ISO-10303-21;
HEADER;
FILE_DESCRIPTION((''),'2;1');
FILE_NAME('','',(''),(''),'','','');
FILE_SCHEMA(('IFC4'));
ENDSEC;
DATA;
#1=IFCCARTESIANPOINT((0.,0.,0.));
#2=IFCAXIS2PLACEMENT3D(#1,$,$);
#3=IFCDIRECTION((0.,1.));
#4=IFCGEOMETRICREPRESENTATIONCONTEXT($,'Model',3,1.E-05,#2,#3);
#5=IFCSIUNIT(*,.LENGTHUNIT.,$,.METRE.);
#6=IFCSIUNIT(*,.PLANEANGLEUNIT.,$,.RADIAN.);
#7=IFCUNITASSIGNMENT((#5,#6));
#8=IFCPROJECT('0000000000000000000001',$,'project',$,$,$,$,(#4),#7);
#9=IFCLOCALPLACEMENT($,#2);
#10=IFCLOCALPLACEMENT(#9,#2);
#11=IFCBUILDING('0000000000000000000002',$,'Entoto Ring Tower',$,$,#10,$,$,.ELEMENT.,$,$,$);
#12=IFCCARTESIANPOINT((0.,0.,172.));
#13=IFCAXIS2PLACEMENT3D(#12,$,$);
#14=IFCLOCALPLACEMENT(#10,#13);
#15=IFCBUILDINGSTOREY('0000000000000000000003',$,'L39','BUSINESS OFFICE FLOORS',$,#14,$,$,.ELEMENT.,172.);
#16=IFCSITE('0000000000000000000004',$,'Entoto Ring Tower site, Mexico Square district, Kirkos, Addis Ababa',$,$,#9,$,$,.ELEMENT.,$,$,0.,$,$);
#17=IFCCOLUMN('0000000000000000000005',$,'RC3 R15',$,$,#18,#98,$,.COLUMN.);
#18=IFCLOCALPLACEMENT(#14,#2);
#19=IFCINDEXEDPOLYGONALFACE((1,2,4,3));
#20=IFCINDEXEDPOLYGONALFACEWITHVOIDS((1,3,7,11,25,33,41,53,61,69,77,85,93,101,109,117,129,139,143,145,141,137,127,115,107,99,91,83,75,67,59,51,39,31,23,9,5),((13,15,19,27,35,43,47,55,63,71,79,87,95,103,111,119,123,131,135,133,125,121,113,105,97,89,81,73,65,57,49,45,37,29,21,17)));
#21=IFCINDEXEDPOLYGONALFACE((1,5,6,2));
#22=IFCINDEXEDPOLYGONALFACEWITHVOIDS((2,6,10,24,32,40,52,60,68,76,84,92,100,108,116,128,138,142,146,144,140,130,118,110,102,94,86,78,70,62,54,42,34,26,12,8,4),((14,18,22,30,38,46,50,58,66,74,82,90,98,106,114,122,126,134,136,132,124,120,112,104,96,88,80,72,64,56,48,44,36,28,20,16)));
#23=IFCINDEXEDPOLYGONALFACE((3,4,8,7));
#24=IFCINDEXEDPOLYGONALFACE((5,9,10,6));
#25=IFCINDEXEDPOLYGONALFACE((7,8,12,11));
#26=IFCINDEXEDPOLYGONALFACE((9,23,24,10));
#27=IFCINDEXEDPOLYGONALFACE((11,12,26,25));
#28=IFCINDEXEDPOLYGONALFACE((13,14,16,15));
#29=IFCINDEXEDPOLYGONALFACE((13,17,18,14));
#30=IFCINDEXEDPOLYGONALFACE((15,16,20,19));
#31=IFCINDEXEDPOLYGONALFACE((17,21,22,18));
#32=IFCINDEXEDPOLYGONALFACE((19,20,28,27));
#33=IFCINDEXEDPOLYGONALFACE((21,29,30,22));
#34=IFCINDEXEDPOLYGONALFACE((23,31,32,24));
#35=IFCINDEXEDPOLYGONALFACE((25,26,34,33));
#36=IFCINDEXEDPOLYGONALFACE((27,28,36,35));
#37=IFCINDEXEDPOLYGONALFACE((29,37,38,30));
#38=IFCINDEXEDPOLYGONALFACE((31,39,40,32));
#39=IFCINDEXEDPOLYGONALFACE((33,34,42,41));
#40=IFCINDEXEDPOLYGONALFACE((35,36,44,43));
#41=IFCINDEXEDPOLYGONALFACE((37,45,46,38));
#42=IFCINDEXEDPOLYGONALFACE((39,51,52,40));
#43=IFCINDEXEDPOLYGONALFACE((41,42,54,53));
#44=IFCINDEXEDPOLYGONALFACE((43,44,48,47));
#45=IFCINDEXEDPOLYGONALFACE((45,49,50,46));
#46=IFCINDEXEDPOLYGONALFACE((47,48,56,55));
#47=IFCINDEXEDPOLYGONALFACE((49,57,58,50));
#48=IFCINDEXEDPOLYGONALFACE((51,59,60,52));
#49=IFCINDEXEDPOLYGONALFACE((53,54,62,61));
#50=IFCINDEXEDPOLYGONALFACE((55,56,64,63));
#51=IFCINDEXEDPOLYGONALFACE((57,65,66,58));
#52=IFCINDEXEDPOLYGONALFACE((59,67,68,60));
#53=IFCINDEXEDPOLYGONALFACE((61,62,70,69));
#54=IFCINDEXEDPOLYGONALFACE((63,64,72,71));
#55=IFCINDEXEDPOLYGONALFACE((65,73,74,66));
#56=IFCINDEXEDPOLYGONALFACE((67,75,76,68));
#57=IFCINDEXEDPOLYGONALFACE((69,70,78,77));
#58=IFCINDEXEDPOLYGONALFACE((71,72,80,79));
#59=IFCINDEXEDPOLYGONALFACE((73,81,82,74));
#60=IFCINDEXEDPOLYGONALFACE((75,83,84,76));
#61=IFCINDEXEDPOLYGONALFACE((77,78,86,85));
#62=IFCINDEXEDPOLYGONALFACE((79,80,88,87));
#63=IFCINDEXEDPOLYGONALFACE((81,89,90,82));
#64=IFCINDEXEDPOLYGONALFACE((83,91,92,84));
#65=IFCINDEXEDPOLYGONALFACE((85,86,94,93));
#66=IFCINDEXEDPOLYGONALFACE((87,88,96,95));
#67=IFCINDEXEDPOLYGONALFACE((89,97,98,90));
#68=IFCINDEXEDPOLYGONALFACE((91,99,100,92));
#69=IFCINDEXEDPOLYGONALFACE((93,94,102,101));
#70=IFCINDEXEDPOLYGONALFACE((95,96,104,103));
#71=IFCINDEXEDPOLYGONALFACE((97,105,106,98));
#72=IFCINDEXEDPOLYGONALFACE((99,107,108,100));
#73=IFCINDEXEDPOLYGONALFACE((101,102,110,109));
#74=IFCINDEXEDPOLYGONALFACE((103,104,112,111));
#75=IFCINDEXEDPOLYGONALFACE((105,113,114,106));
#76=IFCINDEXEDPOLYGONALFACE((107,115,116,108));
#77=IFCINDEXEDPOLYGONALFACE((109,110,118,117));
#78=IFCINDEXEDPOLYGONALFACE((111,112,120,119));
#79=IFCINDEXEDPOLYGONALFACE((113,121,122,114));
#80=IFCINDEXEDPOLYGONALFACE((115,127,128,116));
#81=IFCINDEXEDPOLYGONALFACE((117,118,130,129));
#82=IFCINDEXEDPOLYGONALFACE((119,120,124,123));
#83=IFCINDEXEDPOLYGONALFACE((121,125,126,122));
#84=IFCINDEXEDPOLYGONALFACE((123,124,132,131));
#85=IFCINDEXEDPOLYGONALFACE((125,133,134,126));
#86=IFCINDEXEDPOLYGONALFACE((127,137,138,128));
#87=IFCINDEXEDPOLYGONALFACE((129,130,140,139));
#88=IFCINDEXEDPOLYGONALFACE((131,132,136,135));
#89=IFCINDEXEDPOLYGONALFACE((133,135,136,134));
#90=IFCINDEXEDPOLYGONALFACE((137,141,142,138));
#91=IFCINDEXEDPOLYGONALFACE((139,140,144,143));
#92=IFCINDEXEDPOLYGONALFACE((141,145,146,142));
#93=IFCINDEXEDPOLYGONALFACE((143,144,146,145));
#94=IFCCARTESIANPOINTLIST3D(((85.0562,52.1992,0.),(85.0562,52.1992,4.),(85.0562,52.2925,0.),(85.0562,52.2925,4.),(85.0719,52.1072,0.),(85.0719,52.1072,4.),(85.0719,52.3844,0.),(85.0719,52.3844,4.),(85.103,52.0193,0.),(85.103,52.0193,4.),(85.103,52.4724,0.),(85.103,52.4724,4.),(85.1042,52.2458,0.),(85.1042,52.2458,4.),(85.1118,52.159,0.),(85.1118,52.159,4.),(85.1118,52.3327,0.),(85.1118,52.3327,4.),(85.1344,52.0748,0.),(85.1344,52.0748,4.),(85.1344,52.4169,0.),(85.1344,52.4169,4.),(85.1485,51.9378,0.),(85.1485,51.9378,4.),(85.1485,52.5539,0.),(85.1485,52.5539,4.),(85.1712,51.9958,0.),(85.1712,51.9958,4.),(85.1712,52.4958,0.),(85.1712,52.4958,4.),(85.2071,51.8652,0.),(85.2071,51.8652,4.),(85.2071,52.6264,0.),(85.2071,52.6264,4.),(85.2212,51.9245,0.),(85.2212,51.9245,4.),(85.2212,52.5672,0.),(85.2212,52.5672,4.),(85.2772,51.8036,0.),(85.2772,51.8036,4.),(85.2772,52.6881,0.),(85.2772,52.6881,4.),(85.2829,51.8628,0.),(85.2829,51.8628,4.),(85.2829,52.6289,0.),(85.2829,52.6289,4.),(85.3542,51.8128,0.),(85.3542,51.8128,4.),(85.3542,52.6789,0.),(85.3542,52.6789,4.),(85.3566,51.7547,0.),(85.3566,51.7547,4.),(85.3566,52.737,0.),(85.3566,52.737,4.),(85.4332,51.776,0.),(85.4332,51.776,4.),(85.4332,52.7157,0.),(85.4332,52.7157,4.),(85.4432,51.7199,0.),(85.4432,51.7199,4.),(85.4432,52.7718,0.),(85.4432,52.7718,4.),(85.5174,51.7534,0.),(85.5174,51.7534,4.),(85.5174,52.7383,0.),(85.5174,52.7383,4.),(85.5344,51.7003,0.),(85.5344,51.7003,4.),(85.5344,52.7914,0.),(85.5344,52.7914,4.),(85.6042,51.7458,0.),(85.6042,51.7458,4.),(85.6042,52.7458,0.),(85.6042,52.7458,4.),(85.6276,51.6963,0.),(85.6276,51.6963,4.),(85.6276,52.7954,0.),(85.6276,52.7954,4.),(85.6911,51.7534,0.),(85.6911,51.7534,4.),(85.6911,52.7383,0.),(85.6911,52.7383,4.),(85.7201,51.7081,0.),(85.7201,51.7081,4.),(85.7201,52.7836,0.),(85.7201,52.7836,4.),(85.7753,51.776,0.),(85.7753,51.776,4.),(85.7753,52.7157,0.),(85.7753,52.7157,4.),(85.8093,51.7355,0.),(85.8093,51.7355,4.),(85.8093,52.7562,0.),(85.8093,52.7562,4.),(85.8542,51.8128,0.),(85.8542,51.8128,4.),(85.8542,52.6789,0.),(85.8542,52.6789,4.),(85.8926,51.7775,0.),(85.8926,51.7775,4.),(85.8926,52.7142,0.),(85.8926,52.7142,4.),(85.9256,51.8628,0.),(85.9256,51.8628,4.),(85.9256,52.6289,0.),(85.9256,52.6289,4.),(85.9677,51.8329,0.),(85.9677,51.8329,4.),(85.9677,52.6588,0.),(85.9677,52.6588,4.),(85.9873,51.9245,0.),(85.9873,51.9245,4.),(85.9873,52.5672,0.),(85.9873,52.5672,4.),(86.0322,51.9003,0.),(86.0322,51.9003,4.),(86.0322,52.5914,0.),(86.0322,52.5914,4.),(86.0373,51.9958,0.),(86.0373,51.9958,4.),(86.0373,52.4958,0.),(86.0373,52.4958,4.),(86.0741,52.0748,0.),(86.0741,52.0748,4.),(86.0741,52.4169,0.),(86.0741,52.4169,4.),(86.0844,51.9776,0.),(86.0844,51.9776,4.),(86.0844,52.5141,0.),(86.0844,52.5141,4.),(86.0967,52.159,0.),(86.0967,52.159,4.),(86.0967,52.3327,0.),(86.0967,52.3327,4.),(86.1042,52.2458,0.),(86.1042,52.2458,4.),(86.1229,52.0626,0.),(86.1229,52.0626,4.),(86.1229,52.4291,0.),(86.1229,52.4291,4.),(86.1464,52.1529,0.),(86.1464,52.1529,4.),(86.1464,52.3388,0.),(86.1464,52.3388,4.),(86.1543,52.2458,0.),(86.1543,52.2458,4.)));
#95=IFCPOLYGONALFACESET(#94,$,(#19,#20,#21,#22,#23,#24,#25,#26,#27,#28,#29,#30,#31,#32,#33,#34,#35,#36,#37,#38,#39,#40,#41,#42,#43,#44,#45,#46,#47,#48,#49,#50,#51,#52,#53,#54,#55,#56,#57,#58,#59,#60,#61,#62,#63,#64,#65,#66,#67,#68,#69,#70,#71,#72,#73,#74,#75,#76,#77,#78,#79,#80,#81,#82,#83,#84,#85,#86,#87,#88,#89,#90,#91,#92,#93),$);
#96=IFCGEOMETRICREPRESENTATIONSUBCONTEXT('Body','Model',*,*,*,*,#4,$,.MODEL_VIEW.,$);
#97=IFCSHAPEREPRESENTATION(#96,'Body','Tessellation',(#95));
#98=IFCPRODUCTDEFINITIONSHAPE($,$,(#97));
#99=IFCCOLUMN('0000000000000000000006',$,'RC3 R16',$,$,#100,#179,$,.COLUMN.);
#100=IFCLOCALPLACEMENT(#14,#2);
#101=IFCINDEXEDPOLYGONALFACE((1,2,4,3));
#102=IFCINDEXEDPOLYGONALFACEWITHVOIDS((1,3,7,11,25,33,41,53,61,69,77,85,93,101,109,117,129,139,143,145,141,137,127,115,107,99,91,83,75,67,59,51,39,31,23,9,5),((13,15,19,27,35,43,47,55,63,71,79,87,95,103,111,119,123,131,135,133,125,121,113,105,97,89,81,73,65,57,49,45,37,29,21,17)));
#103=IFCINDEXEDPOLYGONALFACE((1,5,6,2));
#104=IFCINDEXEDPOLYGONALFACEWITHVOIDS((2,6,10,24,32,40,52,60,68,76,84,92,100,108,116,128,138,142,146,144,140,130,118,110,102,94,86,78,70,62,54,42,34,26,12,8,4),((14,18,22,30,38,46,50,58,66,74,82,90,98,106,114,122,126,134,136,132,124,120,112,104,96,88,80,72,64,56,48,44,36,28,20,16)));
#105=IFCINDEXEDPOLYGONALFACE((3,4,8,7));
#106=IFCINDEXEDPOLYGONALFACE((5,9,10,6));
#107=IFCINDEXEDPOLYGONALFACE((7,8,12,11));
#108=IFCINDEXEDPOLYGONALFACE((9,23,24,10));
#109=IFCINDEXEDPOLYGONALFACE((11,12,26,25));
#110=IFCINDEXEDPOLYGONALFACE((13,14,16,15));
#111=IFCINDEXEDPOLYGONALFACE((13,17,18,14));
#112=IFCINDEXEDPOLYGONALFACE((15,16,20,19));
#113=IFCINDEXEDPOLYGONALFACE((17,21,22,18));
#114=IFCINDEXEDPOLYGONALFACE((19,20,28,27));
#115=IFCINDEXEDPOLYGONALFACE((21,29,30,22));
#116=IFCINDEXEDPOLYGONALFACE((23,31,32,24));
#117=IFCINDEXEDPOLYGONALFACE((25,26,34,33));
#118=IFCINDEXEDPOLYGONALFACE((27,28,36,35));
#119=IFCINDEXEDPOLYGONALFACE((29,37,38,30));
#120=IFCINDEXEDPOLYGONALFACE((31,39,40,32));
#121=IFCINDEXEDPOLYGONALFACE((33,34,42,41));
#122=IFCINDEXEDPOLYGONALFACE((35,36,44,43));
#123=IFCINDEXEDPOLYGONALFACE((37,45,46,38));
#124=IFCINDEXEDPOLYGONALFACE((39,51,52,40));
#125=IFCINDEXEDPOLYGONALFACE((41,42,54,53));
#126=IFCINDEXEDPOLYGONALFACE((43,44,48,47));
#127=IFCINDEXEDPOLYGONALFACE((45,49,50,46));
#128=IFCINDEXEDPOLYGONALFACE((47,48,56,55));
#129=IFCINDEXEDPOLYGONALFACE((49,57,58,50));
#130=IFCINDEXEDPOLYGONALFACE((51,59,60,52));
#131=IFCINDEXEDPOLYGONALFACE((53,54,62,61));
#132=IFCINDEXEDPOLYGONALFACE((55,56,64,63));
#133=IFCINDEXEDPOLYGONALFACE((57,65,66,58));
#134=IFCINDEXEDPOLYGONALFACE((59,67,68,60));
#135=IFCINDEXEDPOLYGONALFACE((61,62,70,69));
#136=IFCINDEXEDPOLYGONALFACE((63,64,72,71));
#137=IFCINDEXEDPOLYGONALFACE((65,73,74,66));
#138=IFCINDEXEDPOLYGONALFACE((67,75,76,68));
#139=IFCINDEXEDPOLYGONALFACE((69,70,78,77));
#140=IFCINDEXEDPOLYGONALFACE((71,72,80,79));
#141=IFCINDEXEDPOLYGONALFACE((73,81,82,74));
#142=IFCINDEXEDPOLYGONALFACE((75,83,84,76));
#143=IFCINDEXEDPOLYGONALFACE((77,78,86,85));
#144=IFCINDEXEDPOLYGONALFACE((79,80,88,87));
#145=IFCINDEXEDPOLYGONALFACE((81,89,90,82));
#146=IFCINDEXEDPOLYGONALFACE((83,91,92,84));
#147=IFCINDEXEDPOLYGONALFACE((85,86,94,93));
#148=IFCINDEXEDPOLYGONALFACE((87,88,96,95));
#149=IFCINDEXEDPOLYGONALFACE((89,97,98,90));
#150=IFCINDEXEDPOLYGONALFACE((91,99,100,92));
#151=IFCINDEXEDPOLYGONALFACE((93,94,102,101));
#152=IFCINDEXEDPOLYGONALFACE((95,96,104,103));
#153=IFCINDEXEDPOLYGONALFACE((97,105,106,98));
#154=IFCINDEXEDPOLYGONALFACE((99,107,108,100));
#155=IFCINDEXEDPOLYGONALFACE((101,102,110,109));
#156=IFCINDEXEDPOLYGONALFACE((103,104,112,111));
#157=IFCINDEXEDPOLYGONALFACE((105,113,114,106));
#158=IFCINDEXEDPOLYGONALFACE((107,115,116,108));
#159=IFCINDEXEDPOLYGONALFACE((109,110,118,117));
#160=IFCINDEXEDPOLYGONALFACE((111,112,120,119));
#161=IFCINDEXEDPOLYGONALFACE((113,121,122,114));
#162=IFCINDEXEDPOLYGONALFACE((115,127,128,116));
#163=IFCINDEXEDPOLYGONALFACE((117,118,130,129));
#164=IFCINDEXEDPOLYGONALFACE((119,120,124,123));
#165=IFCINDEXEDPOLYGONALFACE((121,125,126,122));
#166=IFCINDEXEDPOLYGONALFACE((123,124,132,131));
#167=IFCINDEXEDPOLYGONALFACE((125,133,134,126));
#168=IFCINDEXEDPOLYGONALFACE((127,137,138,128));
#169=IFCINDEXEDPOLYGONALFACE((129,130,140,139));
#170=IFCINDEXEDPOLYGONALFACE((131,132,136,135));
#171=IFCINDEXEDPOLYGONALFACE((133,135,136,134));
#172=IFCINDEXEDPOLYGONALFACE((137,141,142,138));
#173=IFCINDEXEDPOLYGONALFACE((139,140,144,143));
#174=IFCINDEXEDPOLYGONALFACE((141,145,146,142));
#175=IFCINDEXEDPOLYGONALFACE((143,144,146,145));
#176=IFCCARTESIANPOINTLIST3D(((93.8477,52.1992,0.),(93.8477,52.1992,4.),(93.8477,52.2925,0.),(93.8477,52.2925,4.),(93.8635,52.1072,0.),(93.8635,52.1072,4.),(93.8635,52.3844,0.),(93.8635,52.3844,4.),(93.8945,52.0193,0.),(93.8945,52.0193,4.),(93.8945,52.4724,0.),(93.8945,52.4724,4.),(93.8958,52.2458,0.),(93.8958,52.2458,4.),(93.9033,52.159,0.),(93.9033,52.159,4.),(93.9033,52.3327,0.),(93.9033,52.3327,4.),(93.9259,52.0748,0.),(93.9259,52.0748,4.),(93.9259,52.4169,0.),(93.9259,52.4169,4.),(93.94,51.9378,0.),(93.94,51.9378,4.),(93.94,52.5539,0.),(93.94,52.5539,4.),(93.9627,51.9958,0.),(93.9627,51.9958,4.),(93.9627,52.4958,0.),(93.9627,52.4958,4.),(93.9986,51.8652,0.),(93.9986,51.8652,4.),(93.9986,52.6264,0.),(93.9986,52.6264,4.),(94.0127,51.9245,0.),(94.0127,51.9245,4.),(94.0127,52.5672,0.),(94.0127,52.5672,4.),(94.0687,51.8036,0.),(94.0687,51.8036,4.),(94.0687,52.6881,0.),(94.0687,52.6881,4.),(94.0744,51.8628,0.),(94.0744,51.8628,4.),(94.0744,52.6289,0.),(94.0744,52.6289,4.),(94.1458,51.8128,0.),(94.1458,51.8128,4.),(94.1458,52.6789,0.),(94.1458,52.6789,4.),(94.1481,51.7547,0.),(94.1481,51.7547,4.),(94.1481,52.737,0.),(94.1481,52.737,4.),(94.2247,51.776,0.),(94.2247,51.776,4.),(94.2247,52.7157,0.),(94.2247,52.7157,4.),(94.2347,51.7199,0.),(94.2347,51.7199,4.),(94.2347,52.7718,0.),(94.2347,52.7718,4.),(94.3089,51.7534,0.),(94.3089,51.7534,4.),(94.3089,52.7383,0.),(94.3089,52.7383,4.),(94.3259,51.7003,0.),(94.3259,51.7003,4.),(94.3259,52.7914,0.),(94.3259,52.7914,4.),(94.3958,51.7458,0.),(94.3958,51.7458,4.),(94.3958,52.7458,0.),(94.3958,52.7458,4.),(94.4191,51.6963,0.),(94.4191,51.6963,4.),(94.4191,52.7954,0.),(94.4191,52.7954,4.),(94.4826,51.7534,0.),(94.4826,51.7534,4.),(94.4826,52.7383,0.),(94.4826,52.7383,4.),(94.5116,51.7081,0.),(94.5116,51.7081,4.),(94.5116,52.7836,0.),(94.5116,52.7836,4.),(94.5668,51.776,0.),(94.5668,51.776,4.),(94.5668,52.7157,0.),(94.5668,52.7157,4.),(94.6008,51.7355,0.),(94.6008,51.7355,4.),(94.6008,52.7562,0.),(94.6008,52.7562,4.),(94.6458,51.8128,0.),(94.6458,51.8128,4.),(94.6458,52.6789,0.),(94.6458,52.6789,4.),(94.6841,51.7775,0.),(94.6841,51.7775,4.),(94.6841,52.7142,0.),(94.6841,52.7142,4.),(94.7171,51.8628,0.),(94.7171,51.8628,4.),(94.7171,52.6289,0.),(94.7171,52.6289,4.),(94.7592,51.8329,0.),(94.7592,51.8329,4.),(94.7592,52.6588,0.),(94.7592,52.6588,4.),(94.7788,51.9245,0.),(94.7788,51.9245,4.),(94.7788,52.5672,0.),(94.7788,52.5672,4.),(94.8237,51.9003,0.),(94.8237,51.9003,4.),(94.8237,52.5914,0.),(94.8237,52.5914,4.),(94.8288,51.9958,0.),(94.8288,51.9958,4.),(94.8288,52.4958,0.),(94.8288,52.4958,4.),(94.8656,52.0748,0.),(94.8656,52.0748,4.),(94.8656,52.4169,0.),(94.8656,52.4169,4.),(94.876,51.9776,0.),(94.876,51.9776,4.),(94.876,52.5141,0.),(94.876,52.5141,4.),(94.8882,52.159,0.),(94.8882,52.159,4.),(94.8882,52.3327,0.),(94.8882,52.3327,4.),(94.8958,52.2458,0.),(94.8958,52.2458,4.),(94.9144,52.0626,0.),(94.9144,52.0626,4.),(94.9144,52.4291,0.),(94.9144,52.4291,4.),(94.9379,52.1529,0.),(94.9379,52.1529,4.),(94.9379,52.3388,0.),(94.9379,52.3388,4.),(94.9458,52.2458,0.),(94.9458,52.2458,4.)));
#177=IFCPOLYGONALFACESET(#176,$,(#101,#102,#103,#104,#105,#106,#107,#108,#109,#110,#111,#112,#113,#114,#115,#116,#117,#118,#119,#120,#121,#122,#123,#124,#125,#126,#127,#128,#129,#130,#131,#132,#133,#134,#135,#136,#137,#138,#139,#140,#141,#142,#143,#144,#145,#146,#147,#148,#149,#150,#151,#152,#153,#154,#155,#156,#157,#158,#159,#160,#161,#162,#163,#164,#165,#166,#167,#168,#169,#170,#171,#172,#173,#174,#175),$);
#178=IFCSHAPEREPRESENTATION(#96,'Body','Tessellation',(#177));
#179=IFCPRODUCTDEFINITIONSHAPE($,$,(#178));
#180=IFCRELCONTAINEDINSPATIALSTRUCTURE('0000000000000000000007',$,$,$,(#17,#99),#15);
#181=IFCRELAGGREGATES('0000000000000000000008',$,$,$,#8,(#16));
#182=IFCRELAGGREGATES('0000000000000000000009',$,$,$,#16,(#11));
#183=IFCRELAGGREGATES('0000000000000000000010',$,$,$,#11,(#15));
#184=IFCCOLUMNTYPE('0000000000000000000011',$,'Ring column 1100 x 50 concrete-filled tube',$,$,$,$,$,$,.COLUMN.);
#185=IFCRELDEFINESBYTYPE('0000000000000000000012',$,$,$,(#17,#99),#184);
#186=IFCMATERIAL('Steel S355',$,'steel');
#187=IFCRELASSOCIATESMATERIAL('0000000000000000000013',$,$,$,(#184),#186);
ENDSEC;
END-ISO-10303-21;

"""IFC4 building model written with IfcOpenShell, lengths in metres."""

from ifc_helpers import new_model, si_unit, direction, frame, origin, origin_2d, place, context, subcontext, project, spatial, circle, hollow_circle, extrude, material, material_profile, profile_set, type_object, element, save


model = new_model("IFC4")

# Units and contexts
model_context = context("Model", 3, precision=1e-05, world=origin(), true_north=direction((0.0, 1.0)))
body_context = subcontext(model_context, "Body", "Model", "MODEL_VIEW")
ifc_project = project(units=[si_unit("LENGTHUNIT", "METRE"), si_unit("PLANEANGLEUNIT", "RADIAN")], contexts=[model_context])

# Site, building, storey
site_placement = place(None, origin())
site = spatial("IfcSite", under=ifc_project, at=site_placement, Name="Entoto Ring Tower site, Mexico Square district, Kirkos, Addis Ababa", CompositionType="ELEMENT", RefElevation=0.0)
building_placement = place(site_placement, origin())
building = spatial("IfcBuilding", under=site, at=building_placement, Name="Entoto Ring Tower", CompositionType="ELEMENT")
storey_placement = place(building_placement, frame((0.0, 0.0, 172.0)))
storey = spatial("IfcBuildingStorey", under=building, at=storey_placement, Name="L39", Description="BUSINESS OFFICE FLOORS", CompositionType="ELEMENT", Elevation=172.0)

# Columns
ifc_material_1 = material(Name="Steel S355", Category="steel")
ifc_material_profile_1 = material_profile(ifc_material_1, hollow_circle(Radius=0.55, WallThickness=0.05, at=origin_2d()), Name="CHS 1100 x 50")
ifc_material_2 = material(Name="Concrete C60/75", Category="concrete")
ifc_material_profile_2 = material_profile(ifc_material_2, circle(Radius=0.5, at=origin_2d()), Name="Concrete C60/75 infill")
ifc_profile_set_1 = profile_set([ifc_material_profile_1, ifc_material_profile_2], Name="Steel S355")
column_type = type_object("IfcColumnType", Name="Ring column 1100 x 50 concrete-filled tube", PredefinedType="COLUMN", material=ifc_profile_set_1)
for number, where, z_axis, x_axis, name in (
    (1, (85.6042, 52.2458, 0.0), (0.0, 0.0, 1.0), (1.0, 0.0, 0.0), "RC3 R15"),
    (2, (94.3958, 52.2458, 0.0), (0.0, 0.0, 1.0), (1.0, 0.0, 0.0), "RC3 R16"),
):
    element("IfcColumn", number, at=place(storey_placement, frame(where, z_axis=z_axis, x_axis=x_axis)), inside=storey, type_object=column_type, Name=name, PredefinedType="COLUMN", context=body_context, shape_type="SweptSolid", body=[
        extrude(hollow_circle(Radius=0.55, WallThickness=0.05, at=origin_2d()), origin(), (0.0, 0.0, 1.0), 4.0),
    ])

save(model, "model.ifc")
